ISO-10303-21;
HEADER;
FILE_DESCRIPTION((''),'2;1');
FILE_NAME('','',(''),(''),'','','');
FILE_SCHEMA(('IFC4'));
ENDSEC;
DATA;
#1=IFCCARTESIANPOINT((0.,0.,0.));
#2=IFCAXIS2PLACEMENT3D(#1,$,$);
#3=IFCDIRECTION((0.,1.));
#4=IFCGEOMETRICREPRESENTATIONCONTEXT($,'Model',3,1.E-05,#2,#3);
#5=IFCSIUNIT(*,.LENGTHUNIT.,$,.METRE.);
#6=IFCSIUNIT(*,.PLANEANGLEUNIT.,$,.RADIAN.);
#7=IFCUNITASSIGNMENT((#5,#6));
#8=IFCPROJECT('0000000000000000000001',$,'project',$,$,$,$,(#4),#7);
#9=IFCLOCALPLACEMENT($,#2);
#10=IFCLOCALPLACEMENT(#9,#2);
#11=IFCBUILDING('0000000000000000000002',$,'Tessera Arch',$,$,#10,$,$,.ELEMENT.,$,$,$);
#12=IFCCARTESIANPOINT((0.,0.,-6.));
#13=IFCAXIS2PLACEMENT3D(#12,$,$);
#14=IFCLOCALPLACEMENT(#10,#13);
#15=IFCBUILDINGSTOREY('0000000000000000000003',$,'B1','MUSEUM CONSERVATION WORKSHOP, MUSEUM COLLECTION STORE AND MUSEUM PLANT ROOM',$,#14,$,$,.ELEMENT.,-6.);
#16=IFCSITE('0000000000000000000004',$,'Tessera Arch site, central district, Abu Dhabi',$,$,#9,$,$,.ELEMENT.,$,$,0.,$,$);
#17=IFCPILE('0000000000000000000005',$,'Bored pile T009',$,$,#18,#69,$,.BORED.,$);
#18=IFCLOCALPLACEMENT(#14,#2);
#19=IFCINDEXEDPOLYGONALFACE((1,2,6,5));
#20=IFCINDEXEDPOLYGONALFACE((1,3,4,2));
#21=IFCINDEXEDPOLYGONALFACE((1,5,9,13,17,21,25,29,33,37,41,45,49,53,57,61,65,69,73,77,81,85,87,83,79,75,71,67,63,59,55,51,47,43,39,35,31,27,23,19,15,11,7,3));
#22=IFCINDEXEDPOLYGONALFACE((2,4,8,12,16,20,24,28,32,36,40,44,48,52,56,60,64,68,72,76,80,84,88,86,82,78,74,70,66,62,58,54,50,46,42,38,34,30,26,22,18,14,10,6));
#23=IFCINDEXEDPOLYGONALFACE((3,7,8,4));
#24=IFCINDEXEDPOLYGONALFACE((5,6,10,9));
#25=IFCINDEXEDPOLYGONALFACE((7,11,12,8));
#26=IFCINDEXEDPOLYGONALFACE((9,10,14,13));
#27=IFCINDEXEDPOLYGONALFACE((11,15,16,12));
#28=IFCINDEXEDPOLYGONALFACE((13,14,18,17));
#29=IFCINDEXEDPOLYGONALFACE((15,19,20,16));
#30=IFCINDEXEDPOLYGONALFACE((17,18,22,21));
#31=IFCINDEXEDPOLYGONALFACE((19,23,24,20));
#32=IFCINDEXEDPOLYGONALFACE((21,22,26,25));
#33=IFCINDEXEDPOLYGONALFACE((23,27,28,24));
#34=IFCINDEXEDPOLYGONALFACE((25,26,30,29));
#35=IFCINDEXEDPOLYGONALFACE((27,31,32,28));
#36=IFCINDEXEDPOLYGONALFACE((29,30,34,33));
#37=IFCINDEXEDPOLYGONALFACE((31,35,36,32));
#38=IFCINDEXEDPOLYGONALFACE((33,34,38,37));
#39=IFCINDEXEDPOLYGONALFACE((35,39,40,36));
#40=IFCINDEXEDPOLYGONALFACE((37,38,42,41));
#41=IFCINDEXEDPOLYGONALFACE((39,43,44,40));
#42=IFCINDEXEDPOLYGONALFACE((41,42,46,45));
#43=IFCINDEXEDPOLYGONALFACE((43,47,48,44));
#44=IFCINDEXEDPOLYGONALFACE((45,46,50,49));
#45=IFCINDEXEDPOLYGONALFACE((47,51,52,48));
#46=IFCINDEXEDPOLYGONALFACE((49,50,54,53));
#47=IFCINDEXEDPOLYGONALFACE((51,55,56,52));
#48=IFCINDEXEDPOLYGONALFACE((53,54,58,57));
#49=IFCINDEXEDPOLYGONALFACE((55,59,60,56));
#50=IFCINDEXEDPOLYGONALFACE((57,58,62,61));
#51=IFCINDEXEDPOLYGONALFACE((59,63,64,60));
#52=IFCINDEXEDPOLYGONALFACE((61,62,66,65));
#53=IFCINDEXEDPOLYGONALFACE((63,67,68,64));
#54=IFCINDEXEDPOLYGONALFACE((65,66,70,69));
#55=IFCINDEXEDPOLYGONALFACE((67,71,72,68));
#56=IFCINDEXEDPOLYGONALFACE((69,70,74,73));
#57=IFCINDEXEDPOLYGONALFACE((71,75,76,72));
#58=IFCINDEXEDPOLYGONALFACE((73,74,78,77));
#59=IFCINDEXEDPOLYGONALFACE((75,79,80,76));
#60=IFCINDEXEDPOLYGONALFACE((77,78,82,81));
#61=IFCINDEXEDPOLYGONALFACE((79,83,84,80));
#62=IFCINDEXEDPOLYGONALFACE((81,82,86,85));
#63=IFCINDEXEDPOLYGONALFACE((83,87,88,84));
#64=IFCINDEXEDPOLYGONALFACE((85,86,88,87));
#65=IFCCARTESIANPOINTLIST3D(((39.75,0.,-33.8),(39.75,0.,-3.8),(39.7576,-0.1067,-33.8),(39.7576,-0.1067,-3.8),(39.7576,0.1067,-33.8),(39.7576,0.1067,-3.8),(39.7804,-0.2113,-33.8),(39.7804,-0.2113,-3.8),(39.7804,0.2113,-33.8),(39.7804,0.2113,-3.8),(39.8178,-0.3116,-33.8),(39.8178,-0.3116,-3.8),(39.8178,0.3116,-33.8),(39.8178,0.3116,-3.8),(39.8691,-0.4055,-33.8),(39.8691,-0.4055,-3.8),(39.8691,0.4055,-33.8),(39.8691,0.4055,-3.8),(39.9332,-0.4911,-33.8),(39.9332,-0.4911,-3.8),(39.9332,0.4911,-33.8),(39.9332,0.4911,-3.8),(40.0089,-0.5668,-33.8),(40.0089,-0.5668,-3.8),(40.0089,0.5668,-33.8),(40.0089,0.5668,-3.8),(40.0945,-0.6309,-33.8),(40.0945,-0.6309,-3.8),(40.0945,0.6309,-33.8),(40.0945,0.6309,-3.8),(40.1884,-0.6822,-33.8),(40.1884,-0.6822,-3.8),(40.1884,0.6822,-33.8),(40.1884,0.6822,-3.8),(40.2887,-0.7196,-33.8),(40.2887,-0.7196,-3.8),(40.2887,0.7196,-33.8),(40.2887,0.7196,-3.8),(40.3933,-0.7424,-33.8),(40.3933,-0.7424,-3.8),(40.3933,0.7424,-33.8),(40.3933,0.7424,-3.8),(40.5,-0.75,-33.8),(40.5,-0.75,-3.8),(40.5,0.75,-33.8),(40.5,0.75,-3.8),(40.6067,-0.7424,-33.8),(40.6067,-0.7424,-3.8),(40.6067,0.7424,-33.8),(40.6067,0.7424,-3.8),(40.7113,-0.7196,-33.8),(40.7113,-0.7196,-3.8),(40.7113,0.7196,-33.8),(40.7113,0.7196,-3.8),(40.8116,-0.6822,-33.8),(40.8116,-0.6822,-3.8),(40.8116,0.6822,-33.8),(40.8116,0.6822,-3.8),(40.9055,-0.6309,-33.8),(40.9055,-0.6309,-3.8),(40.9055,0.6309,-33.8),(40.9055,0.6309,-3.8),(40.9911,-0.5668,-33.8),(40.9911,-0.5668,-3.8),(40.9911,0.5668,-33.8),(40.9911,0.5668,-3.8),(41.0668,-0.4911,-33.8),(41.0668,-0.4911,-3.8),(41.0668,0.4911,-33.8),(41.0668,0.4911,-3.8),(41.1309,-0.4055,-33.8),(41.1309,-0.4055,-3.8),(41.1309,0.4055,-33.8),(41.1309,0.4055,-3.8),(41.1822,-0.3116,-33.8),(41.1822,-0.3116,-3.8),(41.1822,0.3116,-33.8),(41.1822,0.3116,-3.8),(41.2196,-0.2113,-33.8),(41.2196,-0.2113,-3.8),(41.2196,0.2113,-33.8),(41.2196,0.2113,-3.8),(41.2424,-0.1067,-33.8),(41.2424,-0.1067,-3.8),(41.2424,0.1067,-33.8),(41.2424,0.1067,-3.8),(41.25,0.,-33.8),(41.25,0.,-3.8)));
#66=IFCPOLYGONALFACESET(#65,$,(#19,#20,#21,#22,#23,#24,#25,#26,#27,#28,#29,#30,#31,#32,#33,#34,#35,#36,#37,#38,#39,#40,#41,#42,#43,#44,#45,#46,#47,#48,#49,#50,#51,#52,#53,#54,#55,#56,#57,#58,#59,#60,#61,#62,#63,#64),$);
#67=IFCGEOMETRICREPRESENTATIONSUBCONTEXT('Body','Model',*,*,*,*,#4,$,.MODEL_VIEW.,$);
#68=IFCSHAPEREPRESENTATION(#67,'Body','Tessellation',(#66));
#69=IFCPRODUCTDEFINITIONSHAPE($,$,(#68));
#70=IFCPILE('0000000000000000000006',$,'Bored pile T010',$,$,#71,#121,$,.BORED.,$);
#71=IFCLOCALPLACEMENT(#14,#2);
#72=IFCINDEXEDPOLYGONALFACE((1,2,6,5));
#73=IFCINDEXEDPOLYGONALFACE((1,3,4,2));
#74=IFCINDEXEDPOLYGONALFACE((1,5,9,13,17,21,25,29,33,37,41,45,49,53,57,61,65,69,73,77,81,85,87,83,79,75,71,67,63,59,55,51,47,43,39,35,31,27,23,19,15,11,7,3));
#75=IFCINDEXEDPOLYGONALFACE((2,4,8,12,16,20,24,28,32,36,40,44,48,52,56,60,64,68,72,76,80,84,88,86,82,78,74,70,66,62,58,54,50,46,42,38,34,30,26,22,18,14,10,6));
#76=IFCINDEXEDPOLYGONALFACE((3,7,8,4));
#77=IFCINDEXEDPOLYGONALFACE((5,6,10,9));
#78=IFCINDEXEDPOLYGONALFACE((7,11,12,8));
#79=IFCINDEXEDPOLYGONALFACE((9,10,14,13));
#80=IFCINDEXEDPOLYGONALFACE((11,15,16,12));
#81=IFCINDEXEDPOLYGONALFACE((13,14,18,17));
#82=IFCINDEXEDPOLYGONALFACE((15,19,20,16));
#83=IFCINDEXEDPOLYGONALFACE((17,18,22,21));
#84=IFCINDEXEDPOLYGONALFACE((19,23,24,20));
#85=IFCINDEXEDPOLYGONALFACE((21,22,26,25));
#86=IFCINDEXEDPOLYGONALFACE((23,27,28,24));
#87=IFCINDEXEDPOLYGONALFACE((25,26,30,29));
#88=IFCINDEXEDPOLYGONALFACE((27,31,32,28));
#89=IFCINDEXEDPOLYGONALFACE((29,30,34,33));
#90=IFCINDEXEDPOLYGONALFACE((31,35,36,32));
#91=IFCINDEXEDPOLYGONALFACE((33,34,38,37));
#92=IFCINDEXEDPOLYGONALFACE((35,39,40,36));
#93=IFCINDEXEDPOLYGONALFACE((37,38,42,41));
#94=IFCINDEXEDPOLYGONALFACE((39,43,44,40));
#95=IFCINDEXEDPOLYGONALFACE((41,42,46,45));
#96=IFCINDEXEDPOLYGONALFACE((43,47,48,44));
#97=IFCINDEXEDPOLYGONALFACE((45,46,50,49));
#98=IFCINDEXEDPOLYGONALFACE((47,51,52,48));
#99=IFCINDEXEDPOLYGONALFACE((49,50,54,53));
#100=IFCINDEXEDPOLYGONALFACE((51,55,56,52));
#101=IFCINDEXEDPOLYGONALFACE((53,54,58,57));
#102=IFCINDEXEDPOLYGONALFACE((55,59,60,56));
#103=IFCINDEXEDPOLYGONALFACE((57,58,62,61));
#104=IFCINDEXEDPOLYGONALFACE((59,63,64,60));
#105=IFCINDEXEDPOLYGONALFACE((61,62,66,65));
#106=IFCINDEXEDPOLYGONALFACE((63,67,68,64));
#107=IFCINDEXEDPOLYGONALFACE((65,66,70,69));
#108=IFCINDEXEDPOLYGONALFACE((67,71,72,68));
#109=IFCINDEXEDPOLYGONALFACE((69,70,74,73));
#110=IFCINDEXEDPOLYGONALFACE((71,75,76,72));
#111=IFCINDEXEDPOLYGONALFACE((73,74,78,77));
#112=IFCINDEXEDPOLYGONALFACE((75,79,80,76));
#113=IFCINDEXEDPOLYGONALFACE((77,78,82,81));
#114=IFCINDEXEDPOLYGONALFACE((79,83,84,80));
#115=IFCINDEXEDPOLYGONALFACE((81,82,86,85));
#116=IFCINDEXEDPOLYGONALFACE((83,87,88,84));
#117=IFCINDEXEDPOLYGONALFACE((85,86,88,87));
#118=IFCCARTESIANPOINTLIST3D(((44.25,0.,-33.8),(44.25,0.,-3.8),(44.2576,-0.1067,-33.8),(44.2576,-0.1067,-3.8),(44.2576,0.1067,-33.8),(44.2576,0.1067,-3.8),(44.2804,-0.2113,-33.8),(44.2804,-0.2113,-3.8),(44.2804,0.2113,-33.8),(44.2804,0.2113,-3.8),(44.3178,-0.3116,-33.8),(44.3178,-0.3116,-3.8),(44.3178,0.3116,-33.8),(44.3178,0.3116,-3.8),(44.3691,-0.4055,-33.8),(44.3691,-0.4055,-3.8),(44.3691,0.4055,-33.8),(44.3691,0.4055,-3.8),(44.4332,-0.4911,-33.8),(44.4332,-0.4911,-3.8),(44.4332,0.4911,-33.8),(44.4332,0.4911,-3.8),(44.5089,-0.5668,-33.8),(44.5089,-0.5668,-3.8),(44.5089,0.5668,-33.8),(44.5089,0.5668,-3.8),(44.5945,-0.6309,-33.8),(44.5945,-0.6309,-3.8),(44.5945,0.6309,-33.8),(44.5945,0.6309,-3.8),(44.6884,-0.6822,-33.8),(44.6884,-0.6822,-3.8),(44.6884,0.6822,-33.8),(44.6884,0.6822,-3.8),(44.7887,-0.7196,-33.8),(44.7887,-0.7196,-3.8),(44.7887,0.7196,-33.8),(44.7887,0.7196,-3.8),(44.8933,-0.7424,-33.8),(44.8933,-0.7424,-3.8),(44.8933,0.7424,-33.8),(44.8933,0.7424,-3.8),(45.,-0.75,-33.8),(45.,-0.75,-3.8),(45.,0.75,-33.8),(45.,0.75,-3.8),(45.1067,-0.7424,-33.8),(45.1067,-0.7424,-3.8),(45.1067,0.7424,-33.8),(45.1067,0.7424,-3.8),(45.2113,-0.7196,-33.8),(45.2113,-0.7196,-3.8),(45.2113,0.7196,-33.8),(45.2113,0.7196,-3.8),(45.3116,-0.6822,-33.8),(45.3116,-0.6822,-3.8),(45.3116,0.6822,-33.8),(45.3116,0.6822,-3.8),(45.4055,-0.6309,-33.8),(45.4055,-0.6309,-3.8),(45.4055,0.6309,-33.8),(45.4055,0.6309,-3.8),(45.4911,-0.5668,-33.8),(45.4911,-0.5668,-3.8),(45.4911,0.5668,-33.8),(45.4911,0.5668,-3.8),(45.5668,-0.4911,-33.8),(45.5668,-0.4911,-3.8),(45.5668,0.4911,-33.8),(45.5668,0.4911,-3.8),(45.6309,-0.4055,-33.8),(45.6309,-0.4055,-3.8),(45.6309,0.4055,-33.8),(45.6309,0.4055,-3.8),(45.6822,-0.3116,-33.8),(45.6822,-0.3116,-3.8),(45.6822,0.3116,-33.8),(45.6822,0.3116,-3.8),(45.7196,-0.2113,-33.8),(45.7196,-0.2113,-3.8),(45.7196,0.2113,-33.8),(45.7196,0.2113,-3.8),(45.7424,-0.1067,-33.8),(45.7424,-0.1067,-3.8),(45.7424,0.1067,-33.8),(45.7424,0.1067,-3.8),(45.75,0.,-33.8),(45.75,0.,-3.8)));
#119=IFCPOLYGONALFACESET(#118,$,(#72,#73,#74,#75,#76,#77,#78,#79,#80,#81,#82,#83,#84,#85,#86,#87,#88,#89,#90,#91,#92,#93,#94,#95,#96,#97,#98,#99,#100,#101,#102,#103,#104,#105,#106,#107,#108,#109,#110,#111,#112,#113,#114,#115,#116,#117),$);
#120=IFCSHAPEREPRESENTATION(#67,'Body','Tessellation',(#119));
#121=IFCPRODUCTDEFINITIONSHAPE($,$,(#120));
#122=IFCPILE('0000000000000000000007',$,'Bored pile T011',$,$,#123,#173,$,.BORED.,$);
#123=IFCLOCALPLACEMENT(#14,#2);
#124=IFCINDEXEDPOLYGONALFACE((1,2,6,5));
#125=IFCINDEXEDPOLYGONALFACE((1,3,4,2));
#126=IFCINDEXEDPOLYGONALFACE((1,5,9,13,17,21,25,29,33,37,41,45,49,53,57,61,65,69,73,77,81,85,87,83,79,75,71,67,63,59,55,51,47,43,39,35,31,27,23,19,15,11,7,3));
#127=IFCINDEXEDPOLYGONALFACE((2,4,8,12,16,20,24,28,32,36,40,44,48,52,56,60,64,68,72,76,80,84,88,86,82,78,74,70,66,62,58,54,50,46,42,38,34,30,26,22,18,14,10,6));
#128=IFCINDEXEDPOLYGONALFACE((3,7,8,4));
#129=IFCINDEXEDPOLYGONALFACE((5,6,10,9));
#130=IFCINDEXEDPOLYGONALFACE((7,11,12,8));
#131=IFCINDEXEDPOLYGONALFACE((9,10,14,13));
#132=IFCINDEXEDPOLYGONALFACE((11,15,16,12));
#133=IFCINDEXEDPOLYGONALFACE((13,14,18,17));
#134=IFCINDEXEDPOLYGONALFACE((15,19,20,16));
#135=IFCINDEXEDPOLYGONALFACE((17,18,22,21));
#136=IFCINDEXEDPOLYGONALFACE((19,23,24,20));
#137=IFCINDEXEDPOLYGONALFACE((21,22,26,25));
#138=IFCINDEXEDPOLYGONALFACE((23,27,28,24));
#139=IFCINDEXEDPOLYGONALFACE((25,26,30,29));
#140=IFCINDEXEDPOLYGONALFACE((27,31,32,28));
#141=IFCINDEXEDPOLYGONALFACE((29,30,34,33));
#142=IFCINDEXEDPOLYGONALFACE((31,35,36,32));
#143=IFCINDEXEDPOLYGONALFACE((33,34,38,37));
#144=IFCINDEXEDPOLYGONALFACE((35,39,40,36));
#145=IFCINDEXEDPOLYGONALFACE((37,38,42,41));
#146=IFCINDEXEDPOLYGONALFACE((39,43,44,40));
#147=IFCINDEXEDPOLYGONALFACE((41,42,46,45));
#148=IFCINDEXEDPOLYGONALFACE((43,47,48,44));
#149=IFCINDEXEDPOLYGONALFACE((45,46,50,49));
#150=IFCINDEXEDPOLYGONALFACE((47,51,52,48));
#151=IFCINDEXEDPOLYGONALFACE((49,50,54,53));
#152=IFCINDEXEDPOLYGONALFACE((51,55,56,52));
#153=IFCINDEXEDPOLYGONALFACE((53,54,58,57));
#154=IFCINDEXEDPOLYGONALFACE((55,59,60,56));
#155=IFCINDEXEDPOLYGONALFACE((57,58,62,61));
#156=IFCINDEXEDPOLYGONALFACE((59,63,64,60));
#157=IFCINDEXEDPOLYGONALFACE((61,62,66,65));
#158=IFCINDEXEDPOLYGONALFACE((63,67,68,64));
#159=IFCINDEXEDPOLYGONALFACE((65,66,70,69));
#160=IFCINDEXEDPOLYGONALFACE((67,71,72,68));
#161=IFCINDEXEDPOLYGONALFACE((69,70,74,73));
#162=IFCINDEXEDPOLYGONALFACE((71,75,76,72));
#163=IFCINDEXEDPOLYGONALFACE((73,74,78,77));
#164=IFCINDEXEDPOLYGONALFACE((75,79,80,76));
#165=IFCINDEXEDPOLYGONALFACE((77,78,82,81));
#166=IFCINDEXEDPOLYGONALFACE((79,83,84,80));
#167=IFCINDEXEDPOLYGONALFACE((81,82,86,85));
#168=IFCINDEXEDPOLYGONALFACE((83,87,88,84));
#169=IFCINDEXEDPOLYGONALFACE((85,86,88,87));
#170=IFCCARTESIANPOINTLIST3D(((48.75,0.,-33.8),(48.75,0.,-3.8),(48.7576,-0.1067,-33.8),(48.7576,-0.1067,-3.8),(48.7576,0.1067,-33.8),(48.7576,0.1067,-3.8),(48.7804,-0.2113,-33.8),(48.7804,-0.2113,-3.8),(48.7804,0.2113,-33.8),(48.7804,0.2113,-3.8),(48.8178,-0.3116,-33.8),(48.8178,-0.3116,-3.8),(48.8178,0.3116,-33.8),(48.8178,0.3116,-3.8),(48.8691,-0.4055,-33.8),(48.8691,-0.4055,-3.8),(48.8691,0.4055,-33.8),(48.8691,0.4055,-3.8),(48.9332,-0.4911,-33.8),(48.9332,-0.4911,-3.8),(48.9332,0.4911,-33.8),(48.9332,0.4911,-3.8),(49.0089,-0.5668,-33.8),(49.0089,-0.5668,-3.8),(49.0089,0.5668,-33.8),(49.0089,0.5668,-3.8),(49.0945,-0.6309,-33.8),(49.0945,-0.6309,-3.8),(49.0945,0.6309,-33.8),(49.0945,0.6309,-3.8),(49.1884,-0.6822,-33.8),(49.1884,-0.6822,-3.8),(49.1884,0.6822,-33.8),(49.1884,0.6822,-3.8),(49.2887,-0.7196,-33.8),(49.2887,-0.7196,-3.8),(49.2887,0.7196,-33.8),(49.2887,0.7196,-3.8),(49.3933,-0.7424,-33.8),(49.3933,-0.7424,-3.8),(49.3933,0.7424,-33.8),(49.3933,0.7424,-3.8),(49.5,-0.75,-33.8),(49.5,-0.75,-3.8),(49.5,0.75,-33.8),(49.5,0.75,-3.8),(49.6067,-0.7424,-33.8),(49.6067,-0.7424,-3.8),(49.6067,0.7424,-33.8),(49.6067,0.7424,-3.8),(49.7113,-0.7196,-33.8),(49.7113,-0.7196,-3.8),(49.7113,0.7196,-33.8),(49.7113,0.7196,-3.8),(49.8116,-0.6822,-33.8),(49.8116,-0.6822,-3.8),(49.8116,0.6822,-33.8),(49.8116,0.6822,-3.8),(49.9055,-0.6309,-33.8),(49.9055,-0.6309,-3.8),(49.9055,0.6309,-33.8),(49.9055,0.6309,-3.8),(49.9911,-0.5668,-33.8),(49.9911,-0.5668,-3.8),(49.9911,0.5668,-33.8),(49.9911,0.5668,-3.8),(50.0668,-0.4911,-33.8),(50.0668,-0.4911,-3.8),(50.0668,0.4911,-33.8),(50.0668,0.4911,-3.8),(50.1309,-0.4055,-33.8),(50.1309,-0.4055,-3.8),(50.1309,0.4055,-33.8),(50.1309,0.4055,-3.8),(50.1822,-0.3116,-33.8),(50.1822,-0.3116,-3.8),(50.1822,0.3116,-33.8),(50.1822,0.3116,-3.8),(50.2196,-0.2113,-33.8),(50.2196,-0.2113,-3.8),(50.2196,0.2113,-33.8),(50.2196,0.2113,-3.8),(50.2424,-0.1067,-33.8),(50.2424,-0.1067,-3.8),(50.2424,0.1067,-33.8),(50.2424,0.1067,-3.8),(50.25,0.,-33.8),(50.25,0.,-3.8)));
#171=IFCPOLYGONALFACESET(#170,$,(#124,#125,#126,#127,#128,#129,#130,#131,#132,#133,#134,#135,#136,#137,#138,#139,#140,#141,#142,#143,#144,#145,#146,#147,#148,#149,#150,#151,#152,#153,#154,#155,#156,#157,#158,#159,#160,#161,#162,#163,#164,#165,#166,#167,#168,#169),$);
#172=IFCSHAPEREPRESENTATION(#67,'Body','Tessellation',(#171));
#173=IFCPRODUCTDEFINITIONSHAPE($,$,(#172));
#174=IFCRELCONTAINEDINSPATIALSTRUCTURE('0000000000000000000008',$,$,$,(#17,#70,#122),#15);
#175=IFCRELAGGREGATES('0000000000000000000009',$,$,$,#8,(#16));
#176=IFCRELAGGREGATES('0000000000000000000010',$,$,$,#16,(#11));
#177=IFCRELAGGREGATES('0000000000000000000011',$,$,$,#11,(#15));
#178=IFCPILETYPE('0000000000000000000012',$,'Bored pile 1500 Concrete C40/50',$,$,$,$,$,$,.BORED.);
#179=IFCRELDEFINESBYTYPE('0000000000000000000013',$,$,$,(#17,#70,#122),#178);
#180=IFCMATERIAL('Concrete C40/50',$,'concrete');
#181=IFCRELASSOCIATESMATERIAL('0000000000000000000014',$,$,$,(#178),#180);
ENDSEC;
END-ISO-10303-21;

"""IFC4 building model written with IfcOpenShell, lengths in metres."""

from ifc_helpers import new_model, si_unit, direction, frame, origin, origin_2d, place, context, subcontext, project, spatial, circle, extrude, material, type_object, element, save


model = new_model("IFC4")

# Units and contexts
model_context = context("Model", 3, precision=1e-05, world=origin(), true_north=direction((0.0, 1.0)))
body_context = subcontext(model_context, "Body", "Model", "MODEL_VIEW")
ifc_project = project(units=[si_unit("LENGTHUNIT", "METRE"), si_unit("PLANEANGLEUNIT", "RADIAN")], contexts=[model_context])

# Site, building, storey
site_placement = place(None, origin())
site = spatial("IfcSite", under=ifc_project, at=site_placement, Name="Tessera Arch site, central district, Abu Dhabi", CompositionType="ELEMENT", RefElevation=0.0)
building_placement = place(site_placement, origin())
building = spatial("IfcBuilding", under=site, at=building_placement, Name="Tessera Arch", CompositionType="ELEMENT")
storey_placement = place(building_placement, frame((0.0, 0.0, -6.0)))
storey = spatial("IfcBuildingStorey", under=building, at=storey_placement, Name="B1", Description="MUSEUM CONSERVATION WORKSHOP, MUSEUM COLLECTION STORE AND MUSEUM PLANT ROOM", CompositionType="ELEMENT", Elevation=-6.0)

# Piles
ifc_material_1 = material(Name="Concrete C40/50", Category="concrete")
pile_type_1 = type_object("IfcPileType", Name="Bored pile 1500 Concrete C40/50", PredefinedType="BORED", material=ifc_material_1)
for number, where, z_axis, x_axis, name in (
    (1, (40.5, 0.0, -3.8), (0.0, 0.0, -1.0), (1.0, 0.0, 0.0), "Bored pile T009"),
    (2, (45.0, 0.0, -3.8), (0.0, 0.0, -1.0), (1.0, 0.0, 0.0), "Bored pile T010"),
    (3, (49.5, 0.0, -3.8), (0.0, 0.0, -1.0), (1.0, 0.0, 0.0), "Bored pile T011"),
):
    element("IfcPile", number, at=place(storey_placement, frame(where, z_axis=z_axis, x_axis=x_axis)), inside=storey, type_object=pile_type_1, Name=name, PredefinedType="BORED", context=body_context, shape_type="SweptSolid", body=[
        extrude(circle(Radius=0.75, at=origin_2d()), origin(), (0.0, 0.0, 1.0), 30.0),
    ])

save(model, "model.ifc")
